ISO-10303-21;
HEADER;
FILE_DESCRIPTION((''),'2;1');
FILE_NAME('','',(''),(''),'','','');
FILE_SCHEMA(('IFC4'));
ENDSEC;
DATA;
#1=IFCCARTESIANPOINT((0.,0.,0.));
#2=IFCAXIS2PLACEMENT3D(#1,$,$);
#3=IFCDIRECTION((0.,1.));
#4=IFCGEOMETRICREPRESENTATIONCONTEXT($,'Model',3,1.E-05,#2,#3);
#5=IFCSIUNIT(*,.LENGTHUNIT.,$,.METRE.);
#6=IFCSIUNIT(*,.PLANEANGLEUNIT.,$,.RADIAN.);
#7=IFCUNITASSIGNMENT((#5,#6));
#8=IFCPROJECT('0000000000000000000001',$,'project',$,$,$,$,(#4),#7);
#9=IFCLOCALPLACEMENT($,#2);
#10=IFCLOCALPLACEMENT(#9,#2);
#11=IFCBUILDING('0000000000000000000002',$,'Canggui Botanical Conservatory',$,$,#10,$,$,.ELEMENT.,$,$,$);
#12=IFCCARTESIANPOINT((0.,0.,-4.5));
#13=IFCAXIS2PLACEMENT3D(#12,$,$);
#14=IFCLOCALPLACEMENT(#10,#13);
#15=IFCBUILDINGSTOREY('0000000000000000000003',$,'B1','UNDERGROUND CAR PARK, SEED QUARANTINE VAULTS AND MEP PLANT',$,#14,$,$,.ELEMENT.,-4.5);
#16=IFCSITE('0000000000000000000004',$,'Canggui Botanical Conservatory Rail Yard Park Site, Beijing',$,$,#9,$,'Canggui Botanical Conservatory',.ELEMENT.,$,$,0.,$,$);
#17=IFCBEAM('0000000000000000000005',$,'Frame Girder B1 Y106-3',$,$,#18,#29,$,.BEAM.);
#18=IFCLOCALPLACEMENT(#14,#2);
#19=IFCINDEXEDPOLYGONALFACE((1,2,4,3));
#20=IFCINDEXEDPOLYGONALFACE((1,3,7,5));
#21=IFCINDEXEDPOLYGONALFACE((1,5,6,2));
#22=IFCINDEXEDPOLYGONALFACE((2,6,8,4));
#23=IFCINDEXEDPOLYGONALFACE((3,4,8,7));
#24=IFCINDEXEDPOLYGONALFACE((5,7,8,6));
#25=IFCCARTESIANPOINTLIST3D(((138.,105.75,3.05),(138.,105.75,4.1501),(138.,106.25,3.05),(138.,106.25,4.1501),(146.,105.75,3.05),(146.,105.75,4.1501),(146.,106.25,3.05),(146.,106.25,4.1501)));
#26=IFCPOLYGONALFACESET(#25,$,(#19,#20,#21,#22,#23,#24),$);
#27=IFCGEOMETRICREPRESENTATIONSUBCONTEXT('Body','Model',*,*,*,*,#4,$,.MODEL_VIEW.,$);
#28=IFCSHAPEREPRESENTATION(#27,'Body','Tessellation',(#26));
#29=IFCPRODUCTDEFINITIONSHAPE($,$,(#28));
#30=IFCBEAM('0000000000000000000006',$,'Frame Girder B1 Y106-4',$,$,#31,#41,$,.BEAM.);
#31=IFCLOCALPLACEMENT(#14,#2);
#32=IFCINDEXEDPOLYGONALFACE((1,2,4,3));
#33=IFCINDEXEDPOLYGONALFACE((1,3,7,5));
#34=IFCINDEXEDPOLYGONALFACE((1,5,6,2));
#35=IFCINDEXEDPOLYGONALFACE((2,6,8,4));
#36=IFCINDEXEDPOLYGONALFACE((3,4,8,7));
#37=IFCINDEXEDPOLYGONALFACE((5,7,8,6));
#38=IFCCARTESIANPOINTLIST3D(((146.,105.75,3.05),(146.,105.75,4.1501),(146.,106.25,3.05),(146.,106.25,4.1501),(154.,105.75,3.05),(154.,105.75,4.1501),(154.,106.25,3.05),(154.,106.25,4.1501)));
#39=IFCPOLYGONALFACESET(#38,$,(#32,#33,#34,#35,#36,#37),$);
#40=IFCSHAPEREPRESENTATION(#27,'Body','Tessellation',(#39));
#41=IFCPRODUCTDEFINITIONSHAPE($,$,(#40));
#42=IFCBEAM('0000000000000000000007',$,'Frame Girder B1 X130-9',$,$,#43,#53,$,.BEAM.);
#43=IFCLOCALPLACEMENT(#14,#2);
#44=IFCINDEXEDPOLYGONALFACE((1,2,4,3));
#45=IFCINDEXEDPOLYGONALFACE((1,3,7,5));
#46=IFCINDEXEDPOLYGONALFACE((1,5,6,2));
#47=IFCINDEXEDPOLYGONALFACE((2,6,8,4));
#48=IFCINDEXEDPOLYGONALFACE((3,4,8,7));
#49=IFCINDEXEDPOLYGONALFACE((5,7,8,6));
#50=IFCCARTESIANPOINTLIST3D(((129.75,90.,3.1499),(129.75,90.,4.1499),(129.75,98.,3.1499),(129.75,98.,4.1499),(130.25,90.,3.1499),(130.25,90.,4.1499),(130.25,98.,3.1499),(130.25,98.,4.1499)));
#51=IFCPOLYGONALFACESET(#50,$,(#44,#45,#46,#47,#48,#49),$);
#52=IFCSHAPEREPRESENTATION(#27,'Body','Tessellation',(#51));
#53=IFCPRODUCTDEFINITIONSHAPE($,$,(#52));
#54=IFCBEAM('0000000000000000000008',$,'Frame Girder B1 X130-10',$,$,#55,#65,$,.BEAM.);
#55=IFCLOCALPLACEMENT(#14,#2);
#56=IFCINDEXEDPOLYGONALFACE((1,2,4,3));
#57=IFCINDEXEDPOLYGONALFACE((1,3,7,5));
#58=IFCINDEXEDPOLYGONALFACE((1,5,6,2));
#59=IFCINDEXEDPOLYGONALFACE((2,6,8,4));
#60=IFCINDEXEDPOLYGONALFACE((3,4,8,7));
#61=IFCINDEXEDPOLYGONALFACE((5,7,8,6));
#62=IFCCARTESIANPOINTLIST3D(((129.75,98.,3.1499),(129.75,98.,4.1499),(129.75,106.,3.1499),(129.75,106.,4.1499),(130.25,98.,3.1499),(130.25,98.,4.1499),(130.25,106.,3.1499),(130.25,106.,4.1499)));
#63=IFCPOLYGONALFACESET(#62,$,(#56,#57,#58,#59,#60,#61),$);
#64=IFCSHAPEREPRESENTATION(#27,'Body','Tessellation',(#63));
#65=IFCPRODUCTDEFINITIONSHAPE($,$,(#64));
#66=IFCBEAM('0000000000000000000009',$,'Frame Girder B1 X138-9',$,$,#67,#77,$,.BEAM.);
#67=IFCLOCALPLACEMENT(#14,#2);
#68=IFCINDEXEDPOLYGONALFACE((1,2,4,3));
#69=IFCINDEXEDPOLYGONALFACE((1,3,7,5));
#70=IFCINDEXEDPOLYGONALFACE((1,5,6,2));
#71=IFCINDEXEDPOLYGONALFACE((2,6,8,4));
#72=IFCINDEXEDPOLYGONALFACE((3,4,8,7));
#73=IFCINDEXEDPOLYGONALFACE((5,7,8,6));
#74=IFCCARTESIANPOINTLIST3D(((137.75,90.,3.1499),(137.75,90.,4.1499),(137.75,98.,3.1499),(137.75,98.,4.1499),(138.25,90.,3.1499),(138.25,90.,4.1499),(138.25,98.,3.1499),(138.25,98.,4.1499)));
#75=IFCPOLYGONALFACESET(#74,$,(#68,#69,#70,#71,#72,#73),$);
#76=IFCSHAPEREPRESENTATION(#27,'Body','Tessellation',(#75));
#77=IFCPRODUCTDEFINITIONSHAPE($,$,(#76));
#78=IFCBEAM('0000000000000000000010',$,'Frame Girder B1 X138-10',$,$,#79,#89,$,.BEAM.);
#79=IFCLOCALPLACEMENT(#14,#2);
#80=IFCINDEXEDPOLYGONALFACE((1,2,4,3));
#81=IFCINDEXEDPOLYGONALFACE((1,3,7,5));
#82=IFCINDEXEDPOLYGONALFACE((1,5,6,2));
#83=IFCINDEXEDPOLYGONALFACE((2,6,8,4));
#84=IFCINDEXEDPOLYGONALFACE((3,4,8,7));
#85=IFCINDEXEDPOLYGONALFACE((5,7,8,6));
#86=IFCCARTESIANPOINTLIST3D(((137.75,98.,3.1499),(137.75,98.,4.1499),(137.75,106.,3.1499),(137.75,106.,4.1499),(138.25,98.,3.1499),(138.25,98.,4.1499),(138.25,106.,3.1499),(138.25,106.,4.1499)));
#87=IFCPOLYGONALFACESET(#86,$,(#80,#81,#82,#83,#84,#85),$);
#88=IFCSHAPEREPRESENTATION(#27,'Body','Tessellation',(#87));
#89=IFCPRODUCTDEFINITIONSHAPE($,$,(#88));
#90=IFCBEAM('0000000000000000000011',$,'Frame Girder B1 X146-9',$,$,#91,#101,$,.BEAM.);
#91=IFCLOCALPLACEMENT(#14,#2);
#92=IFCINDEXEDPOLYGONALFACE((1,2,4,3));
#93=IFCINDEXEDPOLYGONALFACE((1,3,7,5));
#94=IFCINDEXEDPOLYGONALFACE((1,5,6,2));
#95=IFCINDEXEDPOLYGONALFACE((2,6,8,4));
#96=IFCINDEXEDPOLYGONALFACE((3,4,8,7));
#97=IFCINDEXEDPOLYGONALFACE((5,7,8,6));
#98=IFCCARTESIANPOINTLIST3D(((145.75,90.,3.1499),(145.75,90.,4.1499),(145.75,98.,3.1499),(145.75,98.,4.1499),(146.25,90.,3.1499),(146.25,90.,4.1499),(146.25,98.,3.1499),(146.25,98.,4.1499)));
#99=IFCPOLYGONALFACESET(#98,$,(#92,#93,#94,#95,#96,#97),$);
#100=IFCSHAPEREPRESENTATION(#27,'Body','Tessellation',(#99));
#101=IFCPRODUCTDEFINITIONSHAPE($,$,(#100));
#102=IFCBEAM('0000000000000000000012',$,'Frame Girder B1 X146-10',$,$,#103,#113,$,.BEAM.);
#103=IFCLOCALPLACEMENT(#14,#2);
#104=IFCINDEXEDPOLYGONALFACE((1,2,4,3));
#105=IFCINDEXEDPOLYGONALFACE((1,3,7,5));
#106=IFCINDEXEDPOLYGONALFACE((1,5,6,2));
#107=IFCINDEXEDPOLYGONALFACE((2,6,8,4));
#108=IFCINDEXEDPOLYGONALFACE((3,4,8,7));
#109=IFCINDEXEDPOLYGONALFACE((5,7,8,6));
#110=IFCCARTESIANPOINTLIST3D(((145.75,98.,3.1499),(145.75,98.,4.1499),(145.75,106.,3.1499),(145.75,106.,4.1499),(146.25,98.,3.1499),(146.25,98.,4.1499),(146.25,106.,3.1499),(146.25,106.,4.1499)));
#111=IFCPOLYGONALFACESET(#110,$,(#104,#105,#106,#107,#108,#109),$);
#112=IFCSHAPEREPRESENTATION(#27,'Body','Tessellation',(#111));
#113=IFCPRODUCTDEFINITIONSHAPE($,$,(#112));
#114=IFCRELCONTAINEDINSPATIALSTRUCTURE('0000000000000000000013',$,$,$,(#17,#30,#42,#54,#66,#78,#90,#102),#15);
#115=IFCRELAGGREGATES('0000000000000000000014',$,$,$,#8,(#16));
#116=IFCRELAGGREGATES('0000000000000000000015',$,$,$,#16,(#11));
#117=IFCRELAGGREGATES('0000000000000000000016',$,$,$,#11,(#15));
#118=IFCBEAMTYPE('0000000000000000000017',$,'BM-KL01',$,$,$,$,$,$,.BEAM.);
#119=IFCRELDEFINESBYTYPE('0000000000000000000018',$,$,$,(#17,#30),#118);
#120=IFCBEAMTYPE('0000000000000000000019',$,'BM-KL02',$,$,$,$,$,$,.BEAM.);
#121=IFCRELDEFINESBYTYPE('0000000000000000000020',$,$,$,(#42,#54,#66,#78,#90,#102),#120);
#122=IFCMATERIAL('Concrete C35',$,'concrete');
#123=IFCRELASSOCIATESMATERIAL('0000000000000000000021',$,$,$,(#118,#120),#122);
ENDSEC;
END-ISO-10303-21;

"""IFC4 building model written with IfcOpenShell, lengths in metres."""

from ifc_helpers import new_model, si_unit, direction, frame, origin, origin_2d, place, context, subcontext, project, spatial, rectangle, extrude, material, material_profile, profile_set, type_object, element, save


model = new_model("IFC4")

# Units and contexts
model_context = context("Model", 3, precision=1e-05, world=origin(), true_north=direction((0.0, 1.0)))
body_context = subcontext(model_context, "Body", "Model", "MODEL_VIEW")
ifc_project = project(units=[si_unit("LENGTHUNIT", "METRE"), si_unit("PLANEANGLEUNIT", "RADIAN")], contexts=[model_context])

# Site, building, storey
site_placement = place(None, origin())
site = spatial("IfcSite", under=ifc_project, at=site_placement, Name="Canggui Botanical Conservatory Rail Yard Park Site, Beijing", LongName="Canggui Botanical Conservatory", CompositionType="ELEMENT", RefElevation=0.0)
building_placement = place(site_placement, origin())
building = spatial("IfcBuilding", under=site, at=building_placement, Name="Canggui Botanical Conservatory", CompositionType="ELEMENT")
storey_placement = place(building_placement, frame((0.0, 0.0, -4.5)))
storey = spatial("IfcBuildingStorey", under=building, at=storey_placement, Name="B1", Description="UNDERGROUND CAR PARK, SEED QUARANTINE VAULTS AND MEP PLANT", CompositionType="ELEMENT", Elevation=-4.5)

# Beams
ifc_material_1 = material(Name="Concrete C35", Category="concrete")
ifc_material_profile_1 = material_profile(ifc_material_1, rectangle(XDim=0.5, YDim=1.1001, at=origin_2d()), Name="RB 500x1100")
ifc_profile_set_1 = profile_set([ifc_material_profile_1], Name="Concrete C35")
beam_type_1 = type_object("IfcBeamType", Name="BM-KL01", PredefinedType="BEAM", material=ifc_profile_set_1)
for number, where, z_axis, x_axis, name in (
    (1, (138.0, 106.0, 3.6001), (1.0, 0.0, 0.0), (0.0, 1.0, 0.0), "Frame Girder B1 Y106-3"),
    (2, (146.0, 106.0, 3.6001), (1.0, 0.0, 0.0), (0.0, 1.0, 0.0), "Frame Girder B1 Y106-4"),
):
    element("IfcBeam", number, at=place(storey_placement, frame(where, z_axis=z_axis, x_axis=x_axis)), inside=storey, type_object=beam_type_1, Name=name, PredefinedType="BEAM", context=body_context, shape_type="SweptSolid", body=[
        extrude(rectangle(XDim=0.5, YDim=1.1001, at=origin_2d()), origin(), (0.0, 0.0, 1.0), 8.0),
    ])
ifc_material_profile_2 = material_profile(ifc_material_1, rectangle(XDim=0.5, YDim=1.0, at=origin_2d()), Name="RB 500x1000")
ifc_profile_set_2 = profile_set([ifc_material_profile_2], Name="Concrete C35")
beam_type_2 = type_object("IfcBeamType", Name="BM-KL02", PredefinedType="BEAM", material=ifc_profile_set_2)
for number, where, z_axis, x_axis, name in (
    (3, (130.0, 90.0, 3.6499), (0.0, 1.0, 0.0), (-1.0, 0.0, 0.0), "Frame Girder B1 X130-9"),
    (4, (130.0, 98.0, 3.6499), (0.0, 1.0, 0.0), (-1.0, 0.0, 0.0), "Frame Girder B1 X130-10"),
    (5, (138.0, 90.0, 3.6499), (0.0, 1.0, 0.0), (-1.0, 0.0, 0.0), "Frame Girder B1 X138-9"),
    (6, (138.0, 98.0, 3.6499), (0.0, 1.0, 0.0), (-1.0, 0.0, 0.0), "Frame Girder B1 X138-10"),
    (7, (146.0, 90.0, 3.6499), (0.0, 1.0, 0.0), (-1.0, 0.0, 0.0), "Frame Girder B1 X146-9"),
    (8, (146.0, 98.0, 3.6499), (0.0, 1.0, 0.0), (-1.0, 0.0, 0.0), "Frame Girder B1 X146-10"),
):
    element("IfcBeam", number, at=place(storey_placement, frame(where, z_axis=z_axis, x_axis=x_axis)), inside=storey, type_object=beam_type_2, Name=name, PredefinedType="BEAM", context=body_context, shape_type="SweptSolid", body=[
        extrude(rectangle(XDim=0.5, YDim=1.0, at=origin_2d()), origin(), (0.0, 0.0, 1.0), 8.0),
    ])

save(model, "model.ifc")
